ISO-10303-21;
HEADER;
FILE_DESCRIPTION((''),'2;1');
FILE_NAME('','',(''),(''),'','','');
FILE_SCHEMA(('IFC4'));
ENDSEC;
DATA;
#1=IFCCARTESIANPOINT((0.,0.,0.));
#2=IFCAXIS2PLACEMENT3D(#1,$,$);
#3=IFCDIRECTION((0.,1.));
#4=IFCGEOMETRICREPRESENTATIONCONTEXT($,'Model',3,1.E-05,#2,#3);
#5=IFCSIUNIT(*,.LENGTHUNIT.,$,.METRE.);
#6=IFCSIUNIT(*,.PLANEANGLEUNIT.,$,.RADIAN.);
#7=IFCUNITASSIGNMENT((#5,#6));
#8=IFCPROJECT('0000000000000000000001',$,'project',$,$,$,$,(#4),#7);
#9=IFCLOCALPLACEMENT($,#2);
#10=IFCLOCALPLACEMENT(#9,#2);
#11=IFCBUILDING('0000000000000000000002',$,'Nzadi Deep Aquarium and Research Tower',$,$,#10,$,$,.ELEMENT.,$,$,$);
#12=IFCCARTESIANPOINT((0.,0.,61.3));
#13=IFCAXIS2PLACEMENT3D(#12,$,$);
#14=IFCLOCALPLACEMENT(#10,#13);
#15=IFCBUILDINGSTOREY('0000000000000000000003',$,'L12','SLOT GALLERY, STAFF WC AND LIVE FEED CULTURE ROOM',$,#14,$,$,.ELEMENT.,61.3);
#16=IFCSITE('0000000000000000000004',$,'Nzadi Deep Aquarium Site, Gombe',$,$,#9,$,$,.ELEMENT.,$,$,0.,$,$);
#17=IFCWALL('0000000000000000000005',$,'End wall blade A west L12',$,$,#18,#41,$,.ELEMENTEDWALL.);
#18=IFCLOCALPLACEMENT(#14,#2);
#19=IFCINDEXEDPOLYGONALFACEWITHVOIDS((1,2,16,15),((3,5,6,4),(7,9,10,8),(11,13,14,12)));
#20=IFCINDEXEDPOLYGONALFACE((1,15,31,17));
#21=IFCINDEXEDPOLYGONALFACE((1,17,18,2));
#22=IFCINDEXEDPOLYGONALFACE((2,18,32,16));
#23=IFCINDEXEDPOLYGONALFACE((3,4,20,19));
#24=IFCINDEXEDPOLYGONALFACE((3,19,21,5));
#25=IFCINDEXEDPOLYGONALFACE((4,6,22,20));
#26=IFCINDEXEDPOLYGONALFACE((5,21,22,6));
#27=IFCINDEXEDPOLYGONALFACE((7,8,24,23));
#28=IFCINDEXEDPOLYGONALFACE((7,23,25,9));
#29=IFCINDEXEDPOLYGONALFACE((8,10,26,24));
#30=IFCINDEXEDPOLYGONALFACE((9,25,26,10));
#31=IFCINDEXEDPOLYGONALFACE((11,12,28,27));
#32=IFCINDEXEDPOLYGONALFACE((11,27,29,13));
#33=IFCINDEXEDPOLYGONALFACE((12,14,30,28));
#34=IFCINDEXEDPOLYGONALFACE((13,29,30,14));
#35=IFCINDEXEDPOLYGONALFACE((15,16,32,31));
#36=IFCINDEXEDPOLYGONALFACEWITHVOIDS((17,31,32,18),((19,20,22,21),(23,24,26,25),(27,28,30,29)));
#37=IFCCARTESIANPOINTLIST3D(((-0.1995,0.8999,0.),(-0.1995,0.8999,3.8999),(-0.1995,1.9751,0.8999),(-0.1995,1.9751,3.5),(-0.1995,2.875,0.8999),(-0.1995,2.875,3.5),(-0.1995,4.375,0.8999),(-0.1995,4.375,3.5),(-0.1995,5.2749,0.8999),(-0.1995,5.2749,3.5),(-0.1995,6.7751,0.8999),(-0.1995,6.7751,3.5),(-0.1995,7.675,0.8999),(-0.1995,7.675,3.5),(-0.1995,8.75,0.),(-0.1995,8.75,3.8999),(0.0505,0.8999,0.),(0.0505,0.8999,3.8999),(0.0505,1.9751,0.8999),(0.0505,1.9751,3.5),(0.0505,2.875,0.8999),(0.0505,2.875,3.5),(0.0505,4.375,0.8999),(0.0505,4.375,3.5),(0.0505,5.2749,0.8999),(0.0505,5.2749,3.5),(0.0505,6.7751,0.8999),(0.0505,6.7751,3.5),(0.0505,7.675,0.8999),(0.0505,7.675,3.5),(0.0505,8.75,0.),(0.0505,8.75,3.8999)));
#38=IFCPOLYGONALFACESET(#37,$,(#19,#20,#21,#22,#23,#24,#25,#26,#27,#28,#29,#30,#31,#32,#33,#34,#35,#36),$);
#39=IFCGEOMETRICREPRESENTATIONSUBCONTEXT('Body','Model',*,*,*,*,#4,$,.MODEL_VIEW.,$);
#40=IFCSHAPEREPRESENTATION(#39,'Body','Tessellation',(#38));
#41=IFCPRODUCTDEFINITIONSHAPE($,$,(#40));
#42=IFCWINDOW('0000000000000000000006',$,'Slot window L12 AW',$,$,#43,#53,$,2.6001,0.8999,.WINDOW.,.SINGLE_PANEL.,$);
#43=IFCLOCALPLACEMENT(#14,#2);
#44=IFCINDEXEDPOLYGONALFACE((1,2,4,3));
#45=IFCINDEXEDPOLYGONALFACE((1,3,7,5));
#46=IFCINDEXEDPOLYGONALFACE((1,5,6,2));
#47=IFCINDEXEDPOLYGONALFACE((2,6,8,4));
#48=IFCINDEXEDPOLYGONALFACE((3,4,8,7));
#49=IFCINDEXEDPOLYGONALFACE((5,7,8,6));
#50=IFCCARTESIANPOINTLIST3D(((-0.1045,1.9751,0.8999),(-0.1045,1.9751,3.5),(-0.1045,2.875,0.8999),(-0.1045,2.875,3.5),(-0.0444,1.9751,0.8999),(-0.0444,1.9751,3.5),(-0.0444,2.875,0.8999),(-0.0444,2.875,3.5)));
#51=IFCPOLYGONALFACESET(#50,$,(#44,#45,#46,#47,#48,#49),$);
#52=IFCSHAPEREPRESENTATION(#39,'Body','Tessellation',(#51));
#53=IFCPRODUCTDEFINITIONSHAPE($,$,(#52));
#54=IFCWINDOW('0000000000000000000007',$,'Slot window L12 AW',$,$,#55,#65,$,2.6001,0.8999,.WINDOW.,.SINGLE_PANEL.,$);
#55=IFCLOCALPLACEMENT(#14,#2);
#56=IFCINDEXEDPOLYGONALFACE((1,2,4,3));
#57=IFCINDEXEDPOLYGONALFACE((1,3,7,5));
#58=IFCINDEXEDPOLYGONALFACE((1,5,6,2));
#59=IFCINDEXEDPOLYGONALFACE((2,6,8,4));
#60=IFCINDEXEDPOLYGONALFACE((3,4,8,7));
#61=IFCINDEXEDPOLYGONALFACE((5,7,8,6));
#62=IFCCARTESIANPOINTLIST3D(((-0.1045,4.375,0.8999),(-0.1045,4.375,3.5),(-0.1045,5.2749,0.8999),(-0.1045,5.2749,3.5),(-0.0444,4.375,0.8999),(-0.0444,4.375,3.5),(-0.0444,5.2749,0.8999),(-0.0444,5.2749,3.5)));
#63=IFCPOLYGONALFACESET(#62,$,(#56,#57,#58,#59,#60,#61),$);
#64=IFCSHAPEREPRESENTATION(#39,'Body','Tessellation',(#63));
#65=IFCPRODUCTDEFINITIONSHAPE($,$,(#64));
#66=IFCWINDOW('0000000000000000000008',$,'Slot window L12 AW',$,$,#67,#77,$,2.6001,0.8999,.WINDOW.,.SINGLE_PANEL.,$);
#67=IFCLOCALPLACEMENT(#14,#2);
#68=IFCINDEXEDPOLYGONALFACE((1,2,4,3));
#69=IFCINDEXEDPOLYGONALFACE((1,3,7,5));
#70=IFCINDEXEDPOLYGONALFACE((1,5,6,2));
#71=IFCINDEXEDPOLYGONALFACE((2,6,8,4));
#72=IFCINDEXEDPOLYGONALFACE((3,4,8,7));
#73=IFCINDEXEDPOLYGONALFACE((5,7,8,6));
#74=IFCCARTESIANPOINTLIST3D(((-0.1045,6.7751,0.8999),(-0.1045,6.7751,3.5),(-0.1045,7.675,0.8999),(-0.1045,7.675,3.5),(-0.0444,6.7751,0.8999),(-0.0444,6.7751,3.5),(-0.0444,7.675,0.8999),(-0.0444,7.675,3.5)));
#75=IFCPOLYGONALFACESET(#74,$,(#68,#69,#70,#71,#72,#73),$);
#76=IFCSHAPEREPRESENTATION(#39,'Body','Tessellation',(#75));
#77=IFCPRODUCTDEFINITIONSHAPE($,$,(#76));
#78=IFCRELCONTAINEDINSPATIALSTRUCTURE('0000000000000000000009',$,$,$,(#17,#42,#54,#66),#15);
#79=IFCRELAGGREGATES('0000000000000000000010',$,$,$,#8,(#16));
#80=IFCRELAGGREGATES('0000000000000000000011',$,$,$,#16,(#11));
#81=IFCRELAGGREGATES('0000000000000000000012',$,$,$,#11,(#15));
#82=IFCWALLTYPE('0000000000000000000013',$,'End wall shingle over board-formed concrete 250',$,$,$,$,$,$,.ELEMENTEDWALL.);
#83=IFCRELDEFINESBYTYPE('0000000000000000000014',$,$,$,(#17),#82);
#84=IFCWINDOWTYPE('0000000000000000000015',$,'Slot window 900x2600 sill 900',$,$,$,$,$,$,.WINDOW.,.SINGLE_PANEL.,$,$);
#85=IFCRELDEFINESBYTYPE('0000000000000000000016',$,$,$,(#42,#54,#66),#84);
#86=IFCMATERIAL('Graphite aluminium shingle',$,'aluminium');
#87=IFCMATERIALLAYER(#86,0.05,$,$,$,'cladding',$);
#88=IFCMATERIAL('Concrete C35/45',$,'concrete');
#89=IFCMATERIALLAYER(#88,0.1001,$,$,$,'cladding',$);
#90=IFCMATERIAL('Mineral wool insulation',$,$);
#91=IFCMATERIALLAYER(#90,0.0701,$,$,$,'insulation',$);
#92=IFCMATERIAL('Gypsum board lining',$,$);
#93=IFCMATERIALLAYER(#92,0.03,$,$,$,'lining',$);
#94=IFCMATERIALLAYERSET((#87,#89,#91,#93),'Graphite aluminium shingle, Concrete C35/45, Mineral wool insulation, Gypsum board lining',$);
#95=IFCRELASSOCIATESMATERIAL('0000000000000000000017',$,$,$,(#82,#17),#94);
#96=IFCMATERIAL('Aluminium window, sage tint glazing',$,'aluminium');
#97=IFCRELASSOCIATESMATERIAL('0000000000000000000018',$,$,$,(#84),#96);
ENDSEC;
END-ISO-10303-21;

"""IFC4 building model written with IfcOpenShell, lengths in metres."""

from ifc_helpers import new_model, si_unit, direction, frame, frame_2d, origin, place, context, subcontext, project, spatial, rectangle, extrude, material, layer, layer_set, layer_usage, type_object, element, fill, save


model = new_model("IFC4")

# Units and contexts
model_context = context("Model", 3, precision=1e-05, world=origin(), true_north=direction((0.0, 1.0)))
body_context = subcontext(model_context, "Body", "Model", "MODEL_VIEW")
ifc_project = project(units=[si_unit("LENGTHUNIT", "METRE"), si_unit("PLANEANGLEUNIT", "RADIAN")], contexts=[model_context])

# Site, building, storey
site_placement = place(None, origin())
site = spatial("IfcSite", under=ifc_project, at=site_placement, Name="Nzadi Deep Aquarium Site, Gombe", CompositionType="ELEMENT", RefElevation=0.0)
building_placement = place(site_placement, origin())
building = spatial("IfcBuilding", under=site, at=building_placement, Name="Nzadi Deep Aquarium and Research Tower", CompositionType="ELEMENT")
storey_placement = place(building_placement, frame((0.0, 0.0, 61.3)))
storey = spatial("IfcBuildingStorey", under=building, at=storey_placement, Name="L12", Description="SLOT GALLERY, STAFF WC AND LIVE FEED CULTURE ROOM", CompositionType="ELEMENT", Elevation=61.3)

# Shared definitions
ifc_material_1 = material(Name="Concrete C35/45", Category="concrete")
ifc_material_2 = material(Name="Mineral wool insulation")
ifc_material_3 = material(Name="Gypsum board lining")

# Wall, openings, windows
ifc_material_4 = material(Name="Graphite aluminium shingle", Category="aluminium")
ifc_layer_1 = layer(ifc_material_4, 0.05, Category="cladding")
ifc_layer_2 = layer(ifc_material_1, 0.1001, Category="cladding")
ifc_layer_3 = layer(ifc_material_2, 0.0701, Category="insulation")
ifc_layer_4 = layer(ifc_material_3, 0.03, Category="lining")
ifc_layer_set_1 = layer_set([ifc_layer_1, ifc_layer_2, ifc_layer_3, ifc_layer_4], Name="Graphite aluminium shingle, Concrete C35/45, Mineral wool insulation, Gypsum board lining")
ifc_layer_usage_1 = layer_usage(ifc_layer_set_1, "AXIS2", "POSITIVE", -0.125)
wall_type_1 = type_object("IfcWallType", Name="End wall shingle over board-formed concrete 250", PredefinedType="ELEMENTEDWALL", material=ifc_layer_set_1)
wall_1_placement = place(storey_placement, frame((-0.0745, 8.75, 0.0), z_axis=(0.0, 0.0, 1.0), x_axis=(0.0, -1.0, 0.0)))
wall_1 = element("IfcWall", 1, at=wall_1_placement, inside=storey, type_object=wall_type_1, material=ifc_layer_usage_1, Name="End wall blade A west L12", PredefinedType="ELEMENTEDWALL", context=body_context, shape_type="SweptSolid", body=[
    extrude(rectangle(XDim=7.8501, YDim=0.25, at=frame_2d((3.925, 0.0))), origin(), (0.0, 0.0, 1.0), 3.8999),
])
opening_1_placement = place(wall_1_placement, frame((5.875, 0.0, 0.8999)))
opening_1 = element("IfcOpeningElement", 2, at=opening_1_placement, cuts=wall_1, PredefinedType="OPENING", context=body_context, shape_type="SweptSolid", body=[
    extrude(rectangle(XDim=0.8999, YDim=2.6001, at=frame_2d((0.45, 1.3))), frame((0.0, 0.135, 0.0), z_axis=(0.0, -1.0, 0.0), x_axis=(1.0, 0.0, 0.0)), (0.0, 0.0, 1.0), 0.27),
])
opening_2_placement = place(wall_1_placement, frame((3.4751, 0.0, 0.8999)))
opening_2 = element("IfcOpeningElement", 3, at=opening_2_placement, cuts=wall_1, PredefinedType="OPENING", context=body_context, shape_type="SweptSolid", body=[
    extrude(rectangle(XDim=0.8999, YDim=2.6001, at=frame_2d((0.45, 1.3))), frame((0.0, 0.135, 0.0), z_axis=(0.0, -1.0, 0.0), x_axis=(1.0, 0.0, 0.0)), (0.0, 0.0, 1.0), 0.27),
])
opening_3_placement = place(wall_1_placement, frame((1.075, 0.0, 0.8999)))
opening_3 = element("IfcOpeningElement", 4, at=opening_3_placement, cuts=wall_1, PredefinedType="OPENING", context=body_context, shape_type="SweptSolid", body=[
    extrude(rectangle(XDim=0.8999, YDim=2.6001, at=frame_2d((0.45, 1.3))), frame((0.0, 0.135, 0.0), z_axis=(0.0, -1.0, 0.0), x_axis=(1.0, 0.0, 0.0)), (0.0, 0.0, 1.0), 0.27),
])
ifc_material_5 = material(Name="Aluminium window, sage tint glazing", Category="aluminium")
window_type = type_object("IfcWindowType", Name="Slot window 900x2600 sill 900", PartitioningType="SINGLE_PANEL", PredefinedType="WINDOW", material=ifc_material_5)
window_1_placement = place(opening_1_placement, origin())
window_1 = element("IfcWindow", 5, at=window_1_placement, inside=storey, type_object=window_type, Name="Slot window L12 AW", OverallHeight=2.6001, OverallWidth=0.8999, PartitioningType="SINGLE_PANEL", PredefinedType="WINDOW", context=body_context, shape_type="SweptSolid", body=[
    extrude(rectangle(XDim=0.8999, YDim=2.6001, at=frame_2d((0.45, 1.3))), frame((0.0, 0.03, 0.0), z_axis=(0.0, -1.0, 0.0), x_axis=(1.0, 0.0, 0.0)), (0.0, 0.0, 1.0), 0.0601),
])
fill(opening_1, window_1)
window_2_placement = place(opening_2_placement, origin())
window_2 = element("IfcWindow", 6, at=window_2_placement, inside=storey, type_object=window_type, Name="Slot window L12 AW", OverallHeight=2.6001, OverallWidth=0.8999, PartitioningType="SINGLE_PANEL", PredefinedType="WINDOW", context=body_context, shape_type="SweptSolid", body=[
    extrude(rectangle(XDim=0.8999, YDim=2.6001, at=frame_2d((0.45, 1.3))), frame((0.0, 0.03, 0.0), z_axis=(0.0, -1.0, 0.0), x_axis=(1.0, 0.0, 0.0)), (0.0, 0.0, 1.0), 0.0601),
])
fill(opening_2, window_2)
window_3_placement = place(opening_3_placement, origin())
window_3 = element("IfcWindow", 7, at=window_3_placement, inside=storey, type_object=window_type, Name="Slot window L12 AW", OverallHeight=2.6001, OverallWidth=0.8999, PartitioningType="SINGLE_PANEL", PredefinedType="WINDOW", context=body_context, shape_type="SweptSolid", body=[
    extrude(rectangle(XDim=0.8999, YDim=2.6001, at=frame_2d((0.45, 1.3))), frame((0.0, 0.03, 0.0), z_axis=(0.0, -1.0, 0.0), x_axis=(1.0, 0.0, 0.0)), (0.0, 0.0, 1.0), 0.0601),
])
fill(opening_3, window_3)

save(model, "model.ifc")
